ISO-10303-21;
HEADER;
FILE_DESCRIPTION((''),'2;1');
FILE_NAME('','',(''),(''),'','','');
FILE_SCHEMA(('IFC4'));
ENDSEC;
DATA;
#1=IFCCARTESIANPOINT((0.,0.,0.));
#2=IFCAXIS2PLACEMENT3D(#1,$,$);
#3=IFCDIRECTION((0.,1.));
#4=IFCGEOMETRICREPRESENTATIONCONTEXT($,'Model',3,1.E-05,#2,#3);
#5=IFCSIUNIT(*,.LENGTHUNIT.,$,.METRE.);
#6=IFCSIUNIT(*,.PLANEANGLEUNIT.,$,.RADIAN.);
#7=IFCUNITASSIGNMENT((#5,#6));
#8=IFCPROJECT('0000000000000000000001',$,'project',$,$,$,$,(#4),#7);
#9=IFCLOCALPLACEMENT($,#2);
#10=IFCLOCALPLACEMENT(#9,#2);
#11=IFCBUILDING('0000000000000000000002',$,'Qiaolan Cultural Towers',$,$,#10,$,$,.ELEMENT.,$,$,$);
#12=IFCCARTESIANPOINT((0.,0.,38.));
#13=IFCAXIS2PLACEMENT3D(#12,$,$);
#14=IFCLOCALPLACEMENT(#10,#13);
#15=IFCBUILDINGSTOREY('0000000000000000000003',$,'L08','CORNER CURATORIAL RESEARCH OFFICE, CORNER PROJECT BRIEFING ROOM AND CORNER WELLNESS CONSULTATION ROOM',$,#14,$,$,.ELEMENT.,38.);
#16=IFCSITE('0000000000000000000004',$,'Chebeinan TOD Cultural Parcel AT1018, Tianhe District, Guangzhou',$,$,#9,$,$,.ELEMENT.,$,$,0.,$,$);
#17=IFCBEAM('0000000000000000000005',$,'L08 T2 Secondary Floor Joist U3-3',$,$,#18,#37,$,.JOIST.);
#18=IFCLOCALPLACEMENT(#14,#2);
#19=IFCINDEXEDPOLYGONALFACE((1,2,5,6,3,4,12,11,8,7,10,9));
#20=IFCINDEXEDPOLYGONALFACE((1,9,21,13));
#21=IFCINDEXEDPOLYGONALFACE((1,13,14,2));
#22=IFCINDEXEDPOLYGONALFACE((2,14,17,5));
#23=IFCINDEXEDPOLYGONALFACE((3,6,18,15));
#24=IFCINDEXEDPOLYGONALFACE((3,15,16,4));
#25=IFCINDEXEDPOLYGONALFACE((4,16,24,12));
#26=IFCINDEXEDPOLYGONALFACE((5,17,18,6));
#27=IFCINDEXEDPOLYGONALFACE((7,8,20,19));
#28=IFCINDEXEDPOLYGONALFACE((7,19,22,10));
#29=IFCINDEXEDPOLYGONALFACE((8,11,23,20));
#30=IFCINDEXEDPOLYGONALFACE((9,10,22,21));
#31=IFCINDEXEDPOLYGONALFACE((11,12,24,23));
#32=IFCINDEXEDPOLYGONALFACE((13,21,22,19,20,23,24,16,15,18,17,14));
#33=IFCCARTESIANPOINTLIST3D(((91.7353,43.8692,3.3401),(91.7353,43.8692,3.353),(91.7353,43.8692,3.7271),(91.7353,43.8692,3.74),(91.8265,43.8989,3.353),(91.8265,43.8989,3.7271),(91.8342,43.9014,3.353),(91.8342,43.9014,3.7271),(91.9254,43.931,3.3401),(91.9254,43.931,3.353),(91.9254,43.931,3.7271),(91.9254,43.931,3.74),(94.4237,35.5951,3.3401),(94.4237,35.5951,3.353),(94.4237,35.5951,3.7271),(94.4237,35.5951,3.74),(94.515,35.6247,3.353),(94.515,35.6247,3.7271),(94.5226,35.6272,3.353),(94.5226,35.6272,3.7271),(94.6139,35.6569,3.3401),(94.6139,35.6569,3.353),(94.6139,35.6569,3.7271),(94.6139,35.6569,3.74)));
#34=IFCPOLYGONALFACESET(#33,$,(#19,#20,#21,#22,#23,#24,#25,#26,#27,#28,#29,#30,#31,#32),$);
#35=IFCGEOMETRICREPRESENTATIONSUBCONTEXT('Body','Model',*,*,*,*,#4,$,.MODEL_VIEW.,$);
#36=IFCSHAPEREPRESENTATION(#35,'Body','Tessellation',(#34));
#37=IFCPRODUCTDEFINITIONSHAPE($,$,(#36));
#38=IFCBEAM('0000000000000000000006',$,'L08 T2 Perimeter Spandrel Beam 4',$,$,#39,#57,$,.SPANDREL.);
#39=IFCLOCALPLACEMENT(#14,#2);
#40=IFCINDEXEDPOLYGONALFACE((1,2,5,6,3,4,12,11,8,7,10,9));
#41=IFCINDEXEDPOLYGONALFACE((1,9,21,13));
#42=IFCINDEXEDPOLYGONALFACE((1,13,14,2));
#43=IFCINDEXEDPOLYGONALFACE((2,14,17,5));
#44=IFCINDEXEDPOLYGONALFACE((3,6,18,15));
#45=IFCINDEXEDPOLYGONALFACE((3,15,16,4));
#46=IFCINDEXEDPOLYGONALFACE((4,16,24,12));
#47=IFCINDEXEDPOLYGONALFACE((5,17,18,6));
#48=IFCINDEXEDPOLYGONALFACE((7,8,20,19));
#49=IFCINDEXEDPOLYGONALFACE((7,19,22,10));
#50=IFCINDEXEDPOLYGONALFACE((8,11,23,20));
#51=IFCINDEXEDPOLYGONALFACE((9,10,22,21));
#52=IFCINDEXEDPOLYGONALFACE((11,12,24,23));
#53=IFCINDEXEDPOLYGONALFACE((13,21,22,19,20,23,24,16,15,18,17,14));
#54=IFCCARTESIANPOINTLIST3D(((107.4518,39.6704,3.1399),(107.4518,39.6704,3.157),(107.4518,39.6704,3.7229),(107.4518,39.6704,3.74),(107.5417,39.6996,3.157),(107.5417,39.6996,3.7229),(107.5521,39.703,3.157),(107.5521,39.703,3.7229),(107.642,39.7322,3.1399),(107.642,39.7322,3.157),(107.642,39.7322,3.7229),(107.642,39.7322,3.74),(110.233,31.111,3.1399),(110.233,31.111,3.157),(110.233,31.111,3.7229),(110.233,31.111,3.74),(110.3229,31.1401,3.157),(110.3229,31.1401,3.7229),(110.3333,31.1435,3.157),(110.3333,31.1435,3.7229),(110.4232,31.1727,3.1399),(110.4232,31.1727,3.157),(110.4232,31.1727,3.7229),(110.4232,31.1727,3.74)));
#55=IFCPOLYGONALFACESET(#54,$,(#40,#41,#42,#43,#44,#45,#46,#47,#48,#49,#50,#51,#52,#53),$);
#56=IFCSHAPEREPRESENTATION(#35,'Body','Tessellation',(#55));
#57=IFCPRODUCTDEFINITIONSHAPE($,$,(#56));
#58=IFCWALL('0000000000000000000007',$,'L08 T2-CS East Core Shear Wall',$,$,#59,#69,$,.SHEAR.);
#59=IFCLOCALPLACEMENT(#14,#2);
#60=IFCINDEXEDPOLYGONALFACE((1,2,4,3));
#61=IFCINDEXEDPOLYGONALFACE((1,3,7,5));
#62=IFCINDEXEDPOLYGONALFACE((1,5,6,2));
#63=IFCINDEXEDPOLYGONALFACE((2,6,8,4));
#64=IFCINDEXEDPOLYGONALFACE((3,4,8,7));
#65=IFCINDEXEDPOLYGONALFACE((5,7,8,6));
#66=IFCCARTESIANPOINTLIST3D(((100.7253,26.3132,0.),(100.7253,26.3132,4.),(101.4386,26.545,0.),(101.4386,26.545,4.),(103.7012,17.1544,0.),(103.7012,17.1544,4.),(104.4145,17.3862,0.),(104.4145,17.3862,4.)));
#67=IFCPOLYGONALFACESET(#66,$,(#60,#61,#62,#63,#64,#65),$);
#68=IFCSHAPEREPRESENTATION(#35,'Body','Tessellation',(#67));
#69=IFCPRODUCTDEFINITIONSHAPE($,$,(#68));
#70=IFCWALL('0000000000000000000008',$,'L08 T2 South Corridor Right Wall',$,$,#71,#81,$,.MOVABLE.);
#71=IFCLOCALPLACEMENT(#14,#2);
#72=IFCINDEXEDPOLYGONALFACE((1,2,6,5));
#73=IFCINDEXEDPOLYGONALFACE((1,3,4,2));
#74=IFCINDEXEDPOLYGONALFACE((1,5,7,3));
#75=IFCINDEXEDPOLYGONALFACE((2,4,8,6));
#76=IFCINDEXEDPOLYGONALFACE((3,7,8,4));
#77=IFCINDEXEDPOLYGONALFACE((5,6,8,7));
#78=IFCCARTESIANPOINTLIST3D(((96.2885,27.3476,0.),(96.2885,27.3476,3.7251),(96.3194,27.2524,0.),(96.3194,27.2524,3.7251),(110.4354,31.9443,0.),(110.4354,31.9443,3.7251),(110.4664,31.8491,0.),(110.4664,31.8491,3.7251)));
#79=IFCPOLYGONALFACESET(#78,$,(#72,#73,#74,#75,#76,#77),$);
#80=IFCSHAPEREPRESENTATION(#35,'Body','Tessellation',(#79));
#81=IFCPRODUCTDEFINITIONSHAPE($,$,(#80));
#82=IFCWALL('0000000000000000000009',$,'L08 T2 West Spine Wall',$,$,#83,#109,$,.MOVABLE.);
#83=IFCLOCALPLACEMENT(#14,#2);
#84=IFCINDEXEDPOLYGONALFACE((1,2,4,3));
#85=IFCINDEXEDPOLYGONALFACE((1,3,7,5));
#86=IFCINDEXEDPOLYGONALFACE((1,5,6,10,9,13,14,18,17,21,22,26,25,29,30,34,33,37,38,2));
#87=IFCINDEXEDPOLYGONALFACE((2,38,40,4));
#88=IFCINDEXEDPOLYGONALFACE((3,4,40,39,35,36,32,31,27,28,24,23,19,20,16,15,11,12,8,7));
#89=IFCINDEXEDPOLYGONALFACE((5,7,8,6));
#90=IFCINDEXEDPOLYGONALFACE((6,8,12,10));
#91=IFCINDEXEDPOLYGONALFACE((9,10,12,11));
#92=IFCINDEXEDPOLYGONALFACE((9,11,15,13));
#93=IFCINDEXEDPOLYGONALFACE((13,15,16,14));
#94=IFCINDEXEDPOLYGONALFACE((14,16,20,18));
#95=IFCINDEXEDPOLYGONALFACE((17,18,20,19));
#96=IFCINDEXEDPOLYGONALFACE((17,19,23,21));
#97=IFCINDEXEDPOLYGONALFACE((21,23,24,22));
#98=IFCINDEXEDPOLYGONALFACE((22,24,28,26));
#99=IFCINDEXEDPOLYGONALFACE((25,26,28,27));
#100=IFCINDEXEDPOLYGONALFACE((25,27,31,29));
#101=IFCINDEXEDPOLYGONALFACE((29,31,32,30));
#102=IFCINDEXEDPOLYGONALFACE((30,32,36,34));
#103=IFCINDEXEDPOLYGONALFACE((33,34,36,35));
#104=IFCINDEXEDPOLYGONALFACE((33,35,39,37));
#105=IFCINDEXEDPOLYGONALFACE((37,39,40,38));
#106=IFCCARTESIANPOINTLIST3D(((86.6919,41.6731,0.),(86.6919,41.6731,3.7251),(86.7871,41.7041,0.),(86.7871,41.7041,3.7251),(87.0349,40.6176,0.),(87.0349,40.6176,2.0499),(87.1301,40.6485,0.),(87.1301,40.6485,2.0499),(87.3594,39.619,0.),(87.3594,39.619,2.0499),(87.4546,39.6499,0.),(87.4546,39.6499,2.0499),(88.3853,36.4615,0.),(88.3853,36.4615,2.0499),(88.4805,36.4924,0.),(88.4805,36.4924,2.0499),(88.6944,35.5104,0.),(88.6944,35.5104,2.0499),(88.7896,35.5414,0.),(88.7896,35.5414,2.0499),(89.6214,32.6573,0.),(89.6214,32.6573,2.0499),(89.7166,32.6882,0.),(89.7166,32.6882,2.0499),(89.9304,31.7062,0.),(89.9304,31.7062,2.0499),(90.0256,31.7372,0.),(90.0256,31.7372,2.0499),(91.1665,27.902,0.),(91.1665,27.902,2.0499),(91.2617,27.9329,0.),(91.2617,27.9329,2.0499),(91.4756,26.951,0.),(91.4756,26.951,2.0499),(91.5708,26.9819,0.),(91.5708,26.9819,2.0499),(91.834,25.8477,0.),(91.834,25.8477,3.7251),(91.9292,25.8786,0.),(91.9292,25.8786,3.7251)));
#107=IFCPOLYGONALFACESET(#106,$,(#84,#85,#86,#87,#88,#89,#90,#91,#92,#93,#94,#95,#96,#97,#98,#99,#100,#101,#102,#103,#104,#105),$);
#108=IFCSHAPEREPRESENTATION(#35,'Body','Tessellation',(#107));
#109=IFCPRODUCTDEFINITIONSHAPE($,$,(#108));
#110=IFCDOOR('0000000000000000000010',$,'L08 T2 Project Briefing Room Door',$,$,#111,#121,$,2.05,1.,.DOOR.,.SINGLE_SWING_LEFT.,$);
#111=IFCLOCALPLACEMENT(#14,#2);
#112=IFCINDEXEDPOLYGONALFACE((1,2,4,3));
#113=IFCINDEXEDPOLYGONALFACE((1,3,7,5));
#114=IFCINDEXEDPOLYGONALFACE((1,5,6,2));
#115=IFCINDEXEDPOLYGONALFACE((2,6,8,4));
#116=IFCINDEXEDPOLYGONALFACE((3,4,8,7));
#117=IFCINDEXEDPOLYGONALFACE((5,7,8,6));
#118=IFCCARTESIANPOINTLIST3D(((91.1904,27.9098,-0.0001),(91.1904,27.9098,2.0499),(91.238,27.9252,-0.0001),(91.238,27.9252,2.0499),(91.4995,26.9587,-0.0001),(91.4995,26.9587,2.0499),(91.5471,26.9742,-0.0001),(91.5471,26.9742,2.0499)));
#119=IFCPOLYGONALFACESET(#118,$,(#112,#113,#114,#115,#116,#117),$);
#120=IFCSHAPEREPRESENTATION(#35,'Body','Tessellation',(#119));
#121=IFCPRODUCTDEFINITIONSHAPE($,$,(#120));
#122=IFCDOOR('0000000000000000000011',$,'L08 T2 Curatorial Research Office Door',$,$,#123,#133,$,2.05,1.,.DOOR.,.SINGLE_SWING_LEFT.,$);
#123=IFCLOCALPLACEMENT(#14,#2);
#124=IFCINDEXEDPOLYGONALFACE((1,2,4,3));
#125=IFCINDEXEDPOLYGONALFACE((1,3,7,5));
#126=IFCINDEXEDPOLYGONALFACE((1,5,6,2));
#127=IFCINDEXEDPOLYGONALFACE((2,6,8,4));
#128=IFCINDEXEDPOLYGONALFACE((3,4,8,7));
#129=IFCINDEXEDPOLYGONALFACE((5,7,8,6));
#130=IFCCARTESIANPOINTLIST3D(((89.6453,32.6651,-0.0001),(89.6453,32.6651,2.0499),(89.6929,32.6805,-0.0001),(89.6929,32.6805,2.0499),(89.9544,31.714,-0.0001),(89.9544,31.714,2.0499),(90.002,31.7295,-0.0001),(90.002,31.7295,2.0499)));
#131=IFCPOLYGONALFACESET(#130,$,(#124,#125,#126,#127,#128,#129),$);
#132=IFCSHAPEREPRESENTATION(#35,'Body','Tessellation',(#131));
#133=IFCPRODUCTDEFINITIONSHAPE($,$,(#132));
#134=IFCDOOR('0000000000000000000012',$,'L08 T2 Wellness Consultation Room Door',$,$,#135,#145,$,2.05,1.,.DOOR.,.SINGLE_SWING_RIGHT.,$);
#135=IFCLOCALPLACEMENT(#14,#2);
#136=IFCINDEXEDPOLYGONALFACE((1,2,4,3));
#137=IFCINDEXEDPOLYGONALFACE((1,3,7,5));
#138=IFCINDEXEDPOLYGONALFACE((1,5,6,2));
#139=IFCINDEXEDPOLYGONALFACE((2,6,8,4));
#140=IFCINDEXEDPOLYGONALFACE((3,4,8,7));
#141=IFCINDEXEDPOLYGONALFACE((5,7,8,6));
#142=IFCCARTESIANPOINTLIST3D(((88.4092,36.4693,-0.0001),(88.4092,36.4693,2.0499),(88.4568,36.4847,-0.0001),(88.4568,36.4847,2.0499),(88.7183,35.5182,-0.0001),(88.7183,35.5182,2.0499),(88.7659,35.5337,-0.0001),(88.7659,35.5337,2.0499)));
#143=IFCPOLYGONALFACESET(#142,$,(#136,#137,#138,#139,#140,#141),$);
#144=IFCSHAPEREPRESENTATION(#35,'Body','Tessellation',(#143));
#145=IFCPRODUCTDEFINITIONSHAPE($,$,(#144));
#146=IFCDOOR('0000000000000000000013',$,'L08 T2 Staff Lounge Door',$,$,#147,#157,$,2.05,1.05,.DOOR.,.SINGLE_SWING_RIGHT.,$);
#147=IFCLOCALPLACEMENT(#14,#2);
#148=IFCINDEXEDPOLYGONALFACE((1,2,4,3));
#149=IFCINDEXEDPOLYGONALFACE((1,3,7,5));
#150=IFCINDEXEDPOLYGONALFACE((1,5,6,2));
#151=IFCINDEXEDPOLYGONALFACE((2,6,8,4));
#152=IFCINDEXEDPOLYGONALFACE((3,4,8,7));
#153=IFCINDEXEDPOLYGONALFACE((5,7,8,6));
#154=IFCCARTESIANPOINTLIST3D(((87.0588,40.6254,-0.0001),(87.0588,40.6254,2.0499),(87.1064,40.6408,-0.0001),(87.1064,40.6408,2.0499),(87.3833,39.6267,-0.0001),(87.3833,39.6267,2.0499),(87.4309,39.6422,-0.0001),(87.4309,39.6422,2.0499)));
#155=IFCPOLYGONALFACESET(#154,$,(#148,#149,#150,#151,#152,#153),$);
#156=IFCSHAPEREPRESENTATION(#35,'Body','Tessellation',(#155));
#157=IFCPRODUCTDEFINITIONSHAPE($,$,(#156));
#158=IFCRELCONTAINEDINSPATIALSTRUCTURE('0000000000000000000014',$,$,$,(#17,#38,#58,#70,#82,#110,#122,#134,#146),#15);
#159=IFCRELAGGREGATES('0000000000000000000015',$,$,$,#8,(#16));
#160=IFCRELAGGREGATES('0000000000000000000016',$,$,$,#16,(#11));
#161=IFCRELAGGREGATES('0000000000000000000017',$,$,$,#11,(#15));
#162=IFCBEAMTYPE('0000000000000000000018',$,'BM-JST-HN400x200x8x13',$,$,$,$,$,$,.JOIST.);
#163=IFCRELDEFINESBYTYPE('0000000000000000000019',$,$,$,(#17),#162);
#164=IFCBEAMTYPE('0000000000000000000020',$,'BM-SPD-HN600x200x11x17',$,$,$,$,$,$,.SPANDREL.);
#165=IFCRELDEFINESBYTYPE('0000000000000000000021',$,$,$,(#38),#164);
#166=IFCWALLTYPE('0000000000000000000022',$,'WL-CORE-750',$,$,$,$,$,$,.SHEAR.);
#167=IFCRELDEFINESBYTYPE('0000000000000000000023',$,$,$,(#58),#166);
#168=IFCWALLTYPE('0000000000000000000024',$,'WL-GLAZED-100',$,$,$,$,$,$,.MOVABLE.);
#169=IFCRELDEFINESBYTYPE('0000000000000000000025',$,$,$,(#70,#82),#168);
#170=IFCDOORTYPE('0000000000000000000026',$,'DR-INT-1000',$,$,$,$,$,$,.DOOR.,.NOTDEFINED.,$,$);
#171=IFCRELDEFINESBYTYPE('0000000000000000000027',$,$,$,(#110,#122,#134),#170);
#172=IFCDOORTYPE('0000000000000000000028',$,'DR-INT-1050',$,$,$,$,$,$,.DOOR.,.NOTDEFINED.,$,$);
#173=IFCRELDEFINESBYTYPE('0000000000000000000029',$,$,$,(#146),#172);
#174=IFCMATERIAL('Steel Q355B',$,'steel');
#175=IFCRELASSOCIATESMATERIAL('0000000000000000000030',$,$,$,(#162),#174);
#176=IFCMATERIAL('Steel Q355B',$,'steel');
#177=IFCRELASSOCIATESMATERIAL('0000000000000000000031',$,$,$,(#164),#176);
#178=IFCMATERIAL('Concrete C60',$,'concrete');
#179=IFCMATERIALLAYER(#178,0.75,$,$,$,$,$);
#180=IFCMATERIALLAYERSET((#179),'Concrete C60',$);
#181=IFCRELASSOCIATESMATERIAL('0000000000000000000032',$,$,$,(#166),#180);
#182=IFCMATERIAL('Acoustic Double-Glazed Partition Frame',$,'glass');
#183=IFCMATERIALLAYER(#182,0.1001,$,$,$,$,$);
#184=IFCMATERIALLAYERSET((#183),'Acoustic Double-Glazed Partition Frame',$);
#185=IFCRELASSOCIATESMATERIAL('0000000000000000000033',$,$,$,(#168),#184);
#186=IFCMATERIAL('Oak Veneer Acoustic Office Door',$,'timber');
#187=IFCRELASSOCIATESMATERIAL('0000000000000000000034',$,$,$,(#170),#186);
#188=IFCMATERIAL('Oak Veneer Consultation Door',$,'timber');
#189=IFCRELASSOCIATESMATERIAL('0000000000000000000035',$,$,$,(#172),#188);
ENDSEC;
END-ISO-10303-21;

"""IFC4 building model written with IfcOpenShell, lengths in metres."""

from ifc_helpers import new_model, si_unit, direction, frame, frame_2d, origin, origin_2d, place, context, subcontext, project, spatial, rectangle, i_section, extrude, material, layer, layer_set, material_profile, profile_set, type_object, element, fill, save


model = new_model("IFC4")

# Units and contexts
model_context = context("Model", 3, precision=1e-05, world=origin(), true_north=direction((0.0, 1.0)))
body_context = subcontext(model_context, "Body", "Model", "MODEL_VIEW")
ifc_project = project(units=[si_unit("LENGTHUNIT", "METRE"), si_unit("PLANEANGLEUNIT", "RADIAN")], contexts=[model_context])

# Site, building, storey
site_placement = place(None, origin())
site = spatial("IfcSite", under=ifc_project, at=site_placement, Name="Chebeinan TOD Cultural Parcel AT1018, Tianhe District, Guangzhou", CompositionType="ELEMENT", RefElevation=0.0)
building_placement = place(site_placement, origin())
building = spatial("IfcBuilding", under=site, at=building_placement, Name="Qiaolan Cultural Towers", CompositionType="ELEMENT")
storey_placement = place(building_placement, frame((0.0, 0.0, 38.0)))
storey = spatial("IfcBuildingStorey", under=building, at=storey_placement, Name="L08", Description="CORNER CURATORIAL RESEARCH OFFICE, CORNER PROJECT BRIEFING ROOM AND CORNER WELLNESS CONSULTATION ROOM", CompositionType="ELEMENT", Elevation=38.0)

# Beams
ifc_material_1 = material(Name="Steel Q355B", Category="steel")
ifc_material_profile_1 = material_profile(ifc_material_1, i_section(OverallWidth=0.2, OverallDepth=0.3999, WebThickness=0.0081, FlangeThickness=0.0129, at=origin_2d()), Name="HN400x200x8x13")
ifc_profile_set_1 = profile_set([ifc_material_profile_1], Name="Steel Q355B")
beam_type_1 = type_object("IfcBeamType", Name="BM-JST-HN400x200x8x13", PredefinedType="JOIST", material=ifc_profile_set_1)
for number, where, z_axis, x_axis, name in (
    (1, (94.5188, 35.626, 3.54), (-0.309021, 0.951055, 0.0), (-0.951055, -0.309021, 0.0), "L08 T2 Secondary Floor Joist U3-3"),
):
    element("IfcBeam", number, at=place(storey_placement, frame(where, z_axis=z_axis, x_axis=x_axis)), inside=storey, type_object=beam_type_1, Name=name, PredefinedType="JOIST", context=body_context, shape_type="SweptSolid", body=[
        extrude(i_section(OverallWidth=0.2, OverallDepth=0.3999, WebThickness=0.0081, FlangeThickness=0.0129, at=origin_2d()), origin(), (0.0, 0.0, 1.0), 8.7),
    ])
ifc_material_2 = material(Name="Steel Q355B", Category="steel")
ifc_material_profile_2 = material_profile(ifc_material_2, i_section(OverallWidth=0.2, OverallDepth=0.6001, WebThickness=0.011, FlangeThickness=0.0171, at=origin_2d()), Name="HN600x200x11x17")
ifc_profile_set_2 = profile_set([ifc_material_profile_2], Name="Steel Q355B")
beam_type_2 = type_object("IfcBeamType", Name="BM-SPD-HN600x200x11x17", PredefinedType="SPANDREL", material=ifc_profile_set_2)
beam_1_placement = place(storey_placement, frame((110.3281, 31.1418, 3.4399), z_axis=(-0.309025, 0.951054, 0.0), x_axis=(-0.951054, -0.309025, 0.0)))
element("IfcBeam", 2, at=beam_1_placement, inside=storey, type_object=beam_type_2, Name="L08 T2 Perimeter Spandrel Beam 4", PredefinedType="SPANDREL", context=body_context, shape_type="SweptSolid", body=[
    extrude(i_section(OverallWidth=0.2, OverallDepth=0.6001, WebThickness=0.011, FlangeThickness=0.0171, at=origin_2d()), origin(), (0.0, 0.0, 1.0), 9.0),
])

# Walls
ifc_material_3 = material(Name="Concrete C60", Category="concrete")
ifc_layer_1 = layer(ifc_material_3, 0.75)
ifc_layer_set_1 = layer_set([ifc_layer_1], Name="Concrete C60")
wall_type_1 = type_object("IfcWallType", Name="WL-CORE-750", PredefinedType="SHEAR", material=ifc_layer_set_1)
wall_1_placement = place(storey_placement, frame((101.082, 26.429, 0.0), z_axis=(0.0, 0.0, 1.0), x_axis=(0.309016, -0.951057, 0.0)))
element("IfcWall", 3, at=wall_1_placement, inside=storey, type_object=wall_type_1, Name="L08 T2-CS East Core Shear Wall", PredefinedType="SHEAR", context=body_context, shape_type="SweptSolid", body=[
    extrude(rectangle(XDim=9.6301, YDim=0.75, at=frame_2d((4.8149, 0.0))), origin(), (0.0, 0.0, 1.0), 4.0),
])
ifc_material_4 = material(Name="Acoustic Double-Glazed Partition Frame", Category="glass")
ifc_layer_2 = layer(ifc_material_4, 0.1001)
ifc_layer_set_2 = layer_set([ifc_layer_2], Name="Acoustic Double-Glazed Partition Frame")
wall_type_2 = type_object("IfcWallType", Name="WL-GLAZED-100", PredefinedType="MOVABLE", material=ifc_layer_set_2)
wall_2_placement = place(storey_placement, frame((96.304, 27.3, 0.0), z_axis=(0.0, 0.0, 1.0), x_axis=(0.951056, 0.30902, 0.0)))
element("IfcWall", 4, at=wall_2_placement, inside=storey, type_object=wall_type_2, Name="L08 T2 South Corridor Right Wall", PredefinedType="MOVABLE", context=body_context, shape_type="SweptSolid", body=[
    extrude(rectangle(XDim=14.875, YDim=0.1001, at=frame_2d((7.4375, 0.0))), origin(), (0.0, 0.0, 1.0), 3.7251),
])

# Wall, openings, doors
wall_3_placement = place(storey_placement, frame((91.8816, 25.8633, 0.0), z_axis=(0.0, 0.0, 1.0), x_axis=(-0.309022, 0.951055, 0.0)))
wall_3 = element("IfcWall", 5, at=wall_3_placement, inside=storey, type_object=wall_type_2, Name="L08 T2 West Spine Wall", PredefinedType="MOVABLE", context=body_context, shape_type="SweptSolid", body=[
    extrude(rectangle(XDim=16.6399, YDim=0.1001, at=frame_2d((8.3198, 0.0))), origin(), (0.0, 0.0, 1.0), 3.7251),
])
opening_1_placement = place(wall_3_placement, frame((1.1599, 0.0, 0.0)))
opening_1 = element("IfcOpeningElement", 6, at=opening_1_placement, cuts=wall_3, PredefinedType="OPENING", context=body_context, shape_type="SweptSolid", body=[
    extrude(rectangle(XDim=1.0, YDim=2.05, at=frame_2d((0.5, 1.0249))), frame((0.0, 0.0601, 0.0), z_axis=(0.0, -1.0, 0.0), x_axis=(1.0, 0.0, 0.0)), (0.0, 0.0, 1.0), 0.1201),
])
opening_2_placement = place(wall_3_placement, frame((6.1599, 0.0, 0.0)))
opening_2 = element("IfcOpeningElement", 7, at=opening_2_placement, cuts=wall_3, PredefinedType="OPENING", context=body_context, shape_type="SweptSolid", body=[
    extrude(rectangle(XDim=1.0, YDim=2.05, at=frame_2d((0.5, 1.0249))), frame((0.0, 0.0601, 0.0), z_axis=(0.0, -1.0, 0.0), x_axis=(1.0, 0.0, 0.0)), (0.0, 0.0, 1.0), 0.1201),
])
opening_3_placement = place(wall_3_placement, frame((10.1599, 0.0, 0.0)))
opening_3 = element("IfcOpeningElement", 8, at=opening_3_placement, cuts=wall_3, PredefinedType="OPENING", context=body_context, shape_type="SweptSolid", body=[
    extrude(rectangle(XDim=1.0, YDim=2.05, at=frame_2d((0.5, 1.0249))), frame((0.0, 0.0601, 0.0), z_axis=(0.0, -1.0, 0.0), x_axis=(1.0, 0.0, 0.0)), (0.0, 0.0, 1.0), 0.1201),
])
opening_4_placement = place(wall_3_placement, frame((14.48, 0.0, 0.0)))
opening_4 = element("IfcOpeningElement", 9, at=opening_4_placement, cuts=wall_3, PredefinedType="OPENING", context=body_context, shape_type="SweptSolid", body=[
    extrude(rectangle(XDim=1.05, YDim=2.05, at=frame_2d((0.5249, 1.0249))), frame((0.0, 0.0601, 0.0), z_axis=(0.0, -1.0, 0.0), x_axis=(1.0, 0.0, 0.0)), (0.0, 0.0, 1.0), 0.1201),
])
ifc_material_5 = material(Name="Oak Veneer Acoustic Office Door", Category="timber")
door_type_1 = type_object("IfcDoorType", Name="DR-INT-1000", OperationType="NOTDEFINED", PredefinedType="DOOR", material=ifc_material_5)
door_1_placement = place(opening_1_placement, origin())
door_1 = element("IfcDoor", 10, at=door_1_placement, inside=storey, type_object=door_type_1, Name="L08 T2 Project Briefing Room Door", OperationType="SINGLE_SWING_LEFT", OverallHeight=2.05, OverallWidth=1.0, PredefinedType="DOOR", context=body_context, shape_type="SweptSolid", body=[
    extrude(rectangle(XDim=1.0, YDim=2.05, at=frame_2d((0.5, 1.0249))), frame((0.0, 0.0249, 0.0), z_axis=(0.0, -1.0, 0.0), x_axis=(1.0, 0.0, 0.0)), (0.0, 0.0, 1.0), 0.05),
])
fill(opening_1, door_1)
door_2_placement = place(opening_2_placement, origin())
door_2 = element("IfcDoor", 11, at=door_2_placement, inside=storey, type_object=door_type_1, Name="L08 T2 Curatorial Research Office Door", OperationType="SINGLE_SWING_LEFT", OverallHeight=2.05, OverallWidth=1.0, PredefinedType="DOOR", context=body_context, shape_type="SweptSolid", body=[
    extrude(rectangle(XDim=1.0, YDim=2.05, at=frame_2d((0.5, 1.0249))), frame((0.0, 0.0249, 0.0), z_axis=(0.0, -1.0, 0.0), x_axis=(1.0, 0.0, 0.0)), (0.0, 0.0, 1.0), 0.05),
])
fill(opening_2, door_2)
door_3_placement = place(opening_3_placement, origin())
door_3 = element("IfcDoor", 12, at=door_3_placement, inside=storey, type_object=door_type_1, Name="L08 T2 Wellness Consultation Room Door", OperationType="SINGLE_SWING_RIGHT", OverallHeight=2.05, OverallWidth=1.0, PredefinedType="DOOR", context=body_context, shape_type="SweptSolid", body=[
    extrude(rectangle(XDim=1.0, YDim=2.05, at=frame_2d((0.5, 1.0249))), frame((0.0, 0.0249, 0.0), z_axis=(0.0, -1.0, 0.0), x_axis=(1.0, 0.0, 0.0)), (0.0, 0.0, 1.0), 0.05),
])
fill(opening_3, door_3)
ifc_material_6 = material(Name="Oak Veneer Consultation Door", Category="timber")
door_type_2 = type_object("IfcDoorType", Name="DR-INT-1050", OperationType="NOTDEFINED", PredefinedType="DOOR", material=ifc_material_6)
door_4_placement = place(opening_4_placement, origin())
door_4 = element("IfcDoor", 13, at=door_4_placement, inside=storey, type_object=door_type_2, Name="L08 T2 Staff Lounge Door", OperationType="SINGLE_SWING_RIGHT", OverallHeight=2.05, OverallWidth=1.05, PredefinedType="DOOR", context=body_context, shape_type="SweptSolid", body=[
    extrude(rectangle(XDim=1.05, YDim=2.05, at=frame_2d((0.5249, 1.0249))), frame((0.0, 0.0249, 0.0), z_axis=(0.0, -1.0, 0.0), x_axis=(1.0, 0.0, 0.0)), (0.0, 0.0, 1.0), 0.05),
])
fill(opening_4, door_4)

save(model, "model.ifc")
